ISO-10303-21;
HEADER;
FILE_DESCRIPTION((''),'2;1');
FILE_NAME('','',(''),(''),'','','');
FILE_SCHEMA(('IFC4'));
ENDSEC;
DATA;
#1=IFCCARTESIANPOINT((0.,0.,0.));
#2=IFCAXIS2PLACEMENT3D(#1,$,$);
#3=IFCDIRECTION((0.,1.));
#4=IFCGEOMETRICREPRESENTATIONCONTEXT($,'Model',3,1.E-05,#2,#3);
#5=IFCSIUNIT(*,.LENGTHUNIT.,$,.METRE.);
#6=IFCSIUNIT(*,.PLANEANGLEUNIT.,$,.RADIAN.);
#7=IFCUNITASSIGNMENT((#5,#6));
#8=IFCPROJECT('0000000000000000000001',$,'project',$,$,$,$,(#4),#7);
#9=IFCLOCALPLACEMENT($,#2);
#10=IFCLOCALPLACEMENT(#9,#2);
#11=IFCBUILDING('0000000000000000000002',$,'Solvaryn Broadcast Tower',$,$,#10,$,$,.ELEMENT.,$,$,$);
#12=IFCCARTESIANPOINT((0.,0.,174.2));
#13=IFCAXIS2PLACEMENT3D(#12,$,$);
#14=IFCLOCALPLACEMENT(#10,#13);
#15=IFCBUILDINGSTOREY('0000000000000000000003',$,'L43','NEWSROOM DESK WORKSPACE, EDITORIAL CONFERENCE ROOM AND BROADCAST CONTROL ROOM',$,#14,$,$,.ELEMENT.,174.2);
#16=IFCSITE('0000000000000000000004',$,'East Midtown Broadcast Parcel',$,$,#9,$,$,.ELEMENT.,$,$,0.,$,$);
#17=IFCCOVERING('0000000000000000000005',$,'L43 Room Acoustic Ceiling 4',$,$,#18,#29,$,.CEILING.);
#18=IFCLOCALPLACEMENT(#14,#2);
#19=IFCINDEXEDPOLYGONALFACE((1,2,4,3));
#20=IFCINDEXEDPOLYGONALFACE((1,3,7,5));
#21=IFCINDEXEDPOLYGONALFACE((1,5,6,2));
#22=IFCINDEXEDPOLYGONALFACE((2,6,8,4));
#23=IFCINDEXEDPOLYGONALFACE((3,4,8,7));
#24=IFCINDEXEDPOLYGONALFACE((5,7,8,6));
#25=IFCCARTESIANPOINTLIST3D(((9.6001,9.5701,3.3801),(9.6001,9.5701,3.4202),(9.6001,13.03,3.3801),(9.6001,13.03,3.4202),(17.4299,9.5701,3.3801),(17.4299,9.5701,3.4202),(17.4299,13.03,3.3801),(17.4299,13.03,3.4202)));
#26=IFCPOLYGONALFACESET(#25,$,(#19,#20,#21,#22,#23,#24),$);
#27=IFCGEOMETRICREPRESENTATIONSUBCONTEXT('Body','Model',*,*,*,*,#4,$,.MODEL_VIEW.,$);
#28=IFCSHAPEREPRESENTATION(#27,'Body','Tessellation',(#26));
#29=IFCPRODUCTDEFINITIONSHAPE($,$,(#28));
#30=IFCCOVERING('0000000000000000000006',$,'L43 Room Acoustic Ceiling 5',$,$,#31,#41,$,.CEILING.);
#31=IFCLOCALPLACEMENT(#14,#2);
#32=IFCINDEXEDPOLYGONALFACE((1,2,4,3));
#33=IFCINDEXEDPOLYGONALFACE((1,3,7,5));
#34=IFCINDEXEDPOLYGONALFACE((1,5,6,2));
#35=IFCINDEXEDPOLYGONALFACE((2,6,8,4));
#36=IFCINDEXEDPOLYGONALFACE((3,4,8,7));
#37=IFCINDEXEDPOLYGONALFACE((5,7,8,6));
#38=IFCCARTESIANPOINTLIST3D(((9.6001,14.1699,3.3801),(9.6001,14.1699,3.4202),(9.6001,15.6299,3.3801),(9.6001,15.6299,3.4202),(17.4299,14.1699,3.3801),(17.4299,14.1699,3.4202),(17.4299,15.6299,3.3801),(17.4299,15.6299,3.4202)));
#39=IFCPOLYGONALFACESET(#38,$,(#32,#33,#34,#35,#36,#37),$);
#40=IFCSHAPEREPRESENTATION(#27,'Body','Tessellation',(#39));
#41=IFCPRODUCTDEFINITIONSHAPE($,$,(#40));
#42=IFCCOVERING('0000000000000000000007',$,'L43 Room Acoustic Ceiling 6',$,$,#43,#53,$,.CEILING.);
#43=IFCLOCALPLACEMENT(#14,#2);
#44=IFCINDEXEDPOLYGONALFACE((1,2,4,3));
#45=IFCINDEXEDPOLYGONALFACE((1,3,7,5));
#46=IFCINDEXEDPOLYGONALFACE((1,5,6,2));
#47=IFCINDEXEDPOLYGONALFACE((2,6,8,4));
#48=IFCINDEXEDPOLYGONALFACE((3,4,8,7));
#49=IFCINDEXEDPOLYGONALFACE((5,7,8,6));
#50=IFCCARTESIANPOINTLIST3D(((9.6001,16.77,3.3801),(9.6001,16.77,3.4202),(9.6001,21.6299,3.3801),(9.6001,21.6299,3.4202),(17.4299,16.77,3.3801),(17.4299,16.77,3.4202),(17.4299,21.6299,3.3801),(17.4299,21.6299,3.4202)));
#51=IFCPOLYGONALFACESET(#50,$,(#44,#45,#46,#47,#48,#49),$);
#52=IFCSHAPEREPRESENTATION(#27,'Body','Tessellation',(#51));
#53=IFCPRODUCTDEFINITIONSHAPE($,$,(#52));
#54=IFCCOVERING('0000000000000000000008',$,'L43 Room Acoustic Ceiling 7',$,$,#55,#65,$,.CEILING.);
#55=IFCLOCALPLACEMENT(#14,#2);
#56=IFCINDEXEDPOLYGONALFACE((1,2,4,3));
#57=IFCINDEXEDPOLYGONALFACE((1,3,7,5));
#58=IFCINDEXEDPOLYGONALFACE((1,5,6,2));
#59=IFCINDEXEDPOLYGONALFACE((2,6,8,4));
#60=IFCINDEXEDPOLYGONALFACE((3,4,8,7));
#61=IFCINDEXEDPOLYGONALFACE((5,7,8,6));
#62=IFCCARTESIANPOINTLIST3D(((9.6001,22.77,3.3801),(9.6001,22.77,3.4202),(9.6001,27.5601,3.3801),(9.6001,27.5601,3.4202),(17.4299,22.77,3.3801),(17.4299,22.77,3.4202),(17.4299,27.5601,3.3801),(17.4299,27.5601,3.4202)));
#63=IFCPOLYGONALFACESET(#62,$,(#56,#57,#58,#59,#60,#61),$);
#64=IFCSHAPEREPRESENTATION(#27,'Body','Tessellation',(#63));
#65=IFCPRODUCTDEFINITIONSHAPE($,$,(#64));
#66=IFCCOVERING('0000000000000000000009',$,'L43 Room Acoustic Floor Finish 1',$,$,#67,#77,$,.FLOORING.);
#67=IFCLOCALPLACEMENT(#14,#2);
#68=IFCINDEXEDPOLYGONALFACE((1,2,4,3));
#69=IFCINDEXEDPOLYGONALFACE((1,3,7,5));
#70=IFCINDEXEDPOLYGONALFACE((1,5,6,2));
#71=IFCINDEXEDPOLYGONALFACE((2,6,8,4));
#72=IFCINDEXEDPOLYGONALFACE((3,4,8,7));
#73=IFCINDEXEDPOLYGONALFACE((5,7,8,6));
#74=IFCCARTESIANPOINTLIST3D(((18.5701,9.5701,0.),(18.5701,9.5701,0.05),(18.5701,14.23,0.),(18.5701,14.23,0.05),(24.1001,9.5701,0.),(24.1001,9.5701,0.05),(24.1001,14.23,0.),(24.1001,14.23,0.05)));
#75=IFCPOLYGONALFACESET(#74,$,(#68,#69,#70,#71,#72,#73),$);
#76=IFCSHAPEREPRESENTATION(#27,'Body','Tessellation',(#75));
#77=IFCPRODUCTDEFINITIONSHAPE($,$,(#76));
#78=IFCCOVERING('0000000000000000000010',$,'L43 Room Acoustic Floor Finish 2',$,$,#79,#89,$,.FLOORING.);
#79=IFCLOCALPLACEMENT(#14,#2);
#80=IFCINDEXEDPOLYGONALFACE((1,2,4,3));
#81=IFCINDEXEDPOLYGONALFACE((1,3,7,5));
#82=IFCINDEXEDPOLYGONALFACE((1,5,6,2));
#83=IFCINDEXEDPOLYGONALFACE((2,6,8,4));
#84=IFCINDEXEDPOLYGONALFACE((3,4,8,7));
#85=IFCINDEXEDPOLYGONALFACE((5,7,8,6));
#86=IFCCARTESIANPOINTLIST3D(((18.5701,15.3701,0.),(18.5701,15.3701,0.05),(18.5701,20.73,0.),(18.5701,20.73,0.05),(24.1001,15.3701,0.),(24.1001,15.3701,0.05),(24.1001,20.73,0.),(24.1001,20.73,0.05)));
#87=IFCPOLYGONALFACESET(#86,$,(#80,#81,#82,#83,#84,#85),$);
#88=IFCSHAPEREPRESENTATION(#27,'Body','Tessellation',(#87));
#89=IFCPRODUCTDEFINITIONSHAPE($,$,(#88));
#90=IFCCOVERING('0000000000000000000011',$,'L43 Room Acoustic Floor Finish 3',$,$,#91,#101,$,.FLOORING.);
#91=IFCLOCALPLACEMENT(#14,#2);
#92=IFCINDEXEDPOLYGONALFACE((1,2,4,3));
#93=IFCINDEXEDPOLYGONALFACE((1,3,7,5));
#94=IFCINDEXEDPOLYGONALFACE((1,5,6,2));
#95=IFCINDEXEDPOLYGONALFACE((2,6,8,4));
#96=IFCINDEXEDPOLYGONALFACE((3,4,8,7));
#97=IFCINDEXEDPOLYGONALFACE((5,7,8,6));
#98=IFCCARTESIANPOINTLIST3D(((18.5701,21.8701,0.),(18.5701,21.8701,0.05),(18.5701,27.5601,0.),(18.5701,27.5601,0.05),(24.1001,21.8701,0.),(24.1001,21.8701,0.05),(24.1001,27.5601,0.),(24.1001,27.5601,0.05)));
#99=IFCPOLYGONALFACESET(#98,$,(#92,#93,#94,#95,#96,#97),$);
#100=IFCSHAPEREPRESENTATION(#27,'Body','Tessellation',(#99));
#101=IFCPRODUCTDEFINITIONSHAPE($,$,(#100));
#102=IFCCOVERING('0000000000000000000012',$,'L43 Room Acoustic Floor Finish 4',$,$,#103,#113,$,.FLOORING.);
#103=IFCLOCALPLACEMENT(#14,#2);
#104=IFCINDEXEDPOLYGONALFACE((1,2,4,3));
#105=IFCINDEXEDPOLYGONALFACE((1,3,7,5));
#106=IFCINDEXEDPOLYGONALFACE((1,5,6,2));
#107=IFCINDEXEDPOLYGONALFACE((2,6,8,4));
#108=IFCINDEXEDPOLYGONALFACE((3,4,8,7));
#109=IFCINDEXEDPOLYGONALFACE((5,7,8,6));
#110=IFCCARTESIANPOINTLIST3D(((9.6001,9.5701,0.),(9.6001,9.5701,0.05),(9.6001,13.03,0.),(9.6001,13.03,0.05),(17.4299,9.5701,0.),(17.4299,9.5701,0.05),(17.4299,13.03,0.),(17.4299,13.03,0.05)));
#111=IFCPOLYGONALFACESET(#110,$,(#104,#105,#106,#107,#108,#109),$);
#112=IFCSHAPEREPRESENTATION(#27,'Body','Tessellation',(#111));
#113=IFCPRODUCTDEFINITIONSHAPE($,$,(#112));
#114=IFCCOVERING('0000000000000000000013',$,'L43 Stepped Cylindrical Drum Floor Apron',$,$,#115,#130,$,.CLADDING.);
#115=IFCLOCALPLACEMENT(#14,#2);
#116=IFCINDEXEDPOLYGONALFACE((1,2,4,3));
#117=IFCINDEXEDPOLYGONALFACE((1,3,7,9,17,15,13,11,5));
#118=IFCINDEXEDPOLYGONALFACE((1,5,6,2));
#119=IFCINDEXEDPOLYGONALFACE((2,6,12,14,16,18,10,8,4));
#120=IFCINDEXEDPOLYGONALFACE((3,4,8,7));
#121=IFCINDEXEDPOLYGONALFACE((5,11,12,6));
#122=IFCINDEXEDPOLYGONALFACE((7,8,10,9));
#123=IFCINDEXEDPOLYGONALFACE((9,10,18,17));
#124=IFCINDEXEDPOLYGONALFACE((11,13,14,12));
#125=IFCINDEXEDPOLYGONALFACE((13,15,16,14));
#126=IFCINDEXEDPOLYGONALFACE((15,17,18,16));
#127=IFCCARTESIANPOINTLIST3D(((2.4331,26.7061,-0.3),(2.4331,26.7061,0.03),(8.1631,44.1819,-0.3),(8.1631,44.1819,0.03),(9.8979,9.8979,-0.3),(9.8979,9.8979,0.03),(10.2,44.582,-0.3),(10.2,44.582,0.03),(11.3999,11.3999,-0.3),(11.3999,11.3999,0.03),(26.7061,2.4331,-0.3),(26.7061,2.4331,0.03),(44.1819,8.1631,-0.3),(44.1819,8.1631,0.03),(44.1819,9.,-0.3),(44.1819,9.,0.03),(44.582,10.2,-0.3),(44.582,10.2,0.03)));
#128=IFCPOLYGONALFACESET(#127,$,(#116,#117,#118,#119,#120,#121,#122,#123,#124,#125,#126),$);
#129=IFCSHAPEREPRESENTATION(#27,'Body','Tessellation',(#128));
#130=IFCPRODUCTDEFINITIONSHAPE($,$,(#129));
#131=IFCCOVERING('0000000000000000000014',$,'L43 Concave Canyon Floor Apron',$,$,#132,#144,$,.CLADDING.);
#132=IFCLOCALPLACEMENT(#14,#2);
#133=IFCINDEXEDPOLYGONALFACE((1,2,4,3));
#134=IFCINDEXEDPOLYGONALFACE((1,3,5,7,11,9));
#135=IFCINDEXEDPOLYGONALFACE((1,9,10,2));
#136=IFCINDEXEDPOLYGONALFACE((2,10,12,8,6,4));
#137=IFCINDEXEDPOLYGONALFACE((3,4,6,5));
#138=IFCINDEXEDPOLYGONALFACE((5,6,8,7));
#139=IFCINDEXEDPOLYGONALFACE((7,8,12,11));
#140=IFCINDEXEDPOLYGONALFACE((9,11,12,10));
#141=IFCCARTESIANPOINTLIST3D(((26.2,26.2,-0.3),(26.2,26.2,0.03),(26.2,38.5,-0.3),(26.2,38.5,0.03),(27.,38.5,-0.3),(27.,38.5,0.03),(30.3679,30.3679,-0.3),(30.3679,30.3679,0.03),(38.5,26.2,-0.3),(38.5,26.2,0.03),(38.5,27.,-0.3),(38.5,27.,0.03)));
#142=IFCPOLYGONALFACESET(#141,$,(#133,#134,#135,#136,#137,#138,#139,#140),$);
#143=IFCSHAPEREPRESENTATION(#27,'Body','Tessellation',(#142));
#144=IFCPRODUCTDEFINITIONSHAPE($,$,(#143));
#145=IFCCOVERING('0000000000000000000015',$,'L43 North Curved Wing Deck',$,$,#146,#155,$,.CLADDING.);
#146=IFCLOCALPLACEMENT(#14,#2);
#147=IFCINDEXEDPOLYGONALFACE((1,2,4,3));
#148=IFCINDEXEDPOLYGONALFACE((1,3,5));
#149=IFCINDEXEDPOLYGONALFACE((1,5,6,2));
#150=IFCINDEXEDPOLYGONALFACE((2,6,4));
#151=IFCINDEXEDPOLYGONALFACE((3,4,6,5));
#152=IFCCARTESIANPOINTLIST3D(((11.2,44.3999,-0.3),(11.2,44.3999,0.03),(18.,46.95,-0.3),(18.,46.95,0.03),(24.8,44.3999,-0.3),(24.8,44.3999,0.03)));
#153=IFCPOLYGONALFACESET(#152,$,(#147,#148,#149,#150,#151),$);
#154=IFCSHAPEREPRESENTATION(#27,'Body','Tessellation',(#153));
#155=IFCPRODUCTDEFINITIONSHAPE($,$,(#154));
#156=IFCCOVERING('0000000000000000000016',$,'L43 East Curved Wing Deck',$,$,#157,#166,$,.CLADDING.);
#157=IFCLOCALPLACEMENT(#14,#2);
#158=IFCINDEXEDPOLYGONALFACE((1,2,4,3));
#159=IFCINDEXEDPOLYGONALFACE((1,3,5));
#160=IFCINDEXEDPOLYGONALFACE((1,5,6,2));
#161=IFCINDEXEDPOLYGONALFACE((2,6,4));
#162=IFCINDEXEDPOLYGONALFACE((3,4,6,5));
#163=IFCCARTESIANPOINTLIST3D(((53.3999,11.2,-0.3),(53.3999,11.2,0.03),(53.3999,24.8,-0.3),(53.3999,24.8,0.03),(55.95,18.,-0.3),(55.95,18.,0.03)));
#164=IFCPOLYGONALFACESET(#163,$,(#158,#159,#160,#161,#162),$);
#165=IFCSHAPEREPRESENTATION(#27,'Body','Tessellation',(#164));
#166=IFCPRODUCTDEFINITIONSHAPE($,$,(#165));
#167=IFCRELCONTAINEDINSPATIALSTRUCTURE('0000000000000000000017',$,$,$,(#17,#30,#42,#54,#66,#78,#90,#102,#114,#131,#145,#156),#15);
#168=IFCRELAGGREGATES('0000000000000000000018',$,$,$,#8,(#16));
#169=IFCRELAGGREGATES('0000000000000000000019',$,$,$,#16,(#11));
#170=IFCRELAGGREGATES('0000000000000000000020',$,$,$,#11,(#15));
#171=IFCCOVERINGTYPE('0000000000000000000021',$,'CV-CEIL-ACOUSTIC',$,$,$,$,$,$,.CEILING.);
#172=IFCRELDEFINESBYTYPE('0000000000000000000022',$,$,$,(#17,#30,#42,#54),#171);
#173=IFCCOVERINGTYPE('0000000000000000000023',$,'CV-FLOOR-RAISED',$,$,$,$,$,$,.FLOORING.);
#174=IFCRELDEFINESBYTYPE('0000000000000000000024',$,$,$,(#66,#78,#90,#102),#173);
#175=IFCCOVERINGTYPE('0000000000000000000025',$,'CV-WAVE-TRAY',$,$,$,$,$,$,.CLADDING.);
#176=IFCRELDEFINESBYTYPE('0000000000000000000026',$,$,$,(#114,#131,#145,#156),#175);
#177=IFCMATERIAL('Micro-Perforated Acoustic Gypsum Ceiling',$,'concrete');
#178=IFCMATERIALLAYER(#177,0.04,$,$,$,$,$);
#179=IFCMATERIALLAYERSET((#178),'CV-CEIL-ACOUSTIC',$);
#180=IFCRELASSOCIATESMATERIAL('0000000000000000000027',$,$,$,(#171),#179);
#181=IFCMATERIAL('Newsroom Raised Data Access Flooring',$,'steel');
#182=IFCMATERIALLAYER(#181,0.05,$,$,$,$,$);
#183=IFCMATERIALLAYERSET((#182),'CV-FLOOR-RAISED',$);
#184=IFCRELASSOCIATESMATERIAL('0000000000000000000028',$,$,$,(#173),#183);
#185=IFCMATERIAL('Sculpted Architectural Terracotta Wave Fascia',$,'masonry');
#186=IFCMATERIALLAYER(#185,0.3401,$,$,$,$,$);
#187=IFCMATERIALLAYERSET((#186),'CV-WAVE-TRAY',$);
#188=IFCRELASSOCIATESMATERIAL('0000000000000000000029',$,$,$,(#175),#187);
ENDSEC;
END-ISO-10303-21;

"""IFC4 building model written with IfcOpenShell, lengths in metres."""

from ifc_helpers import new_model, si_unit, direction, frame, origin, place, context, subcontext, project, spatial, polyline, outline, extrude, material, layer, layer_set, type_object, element, save


model = new_model("IFC4")

# Units and contexts
model_context = context("Model", 3, precision=1e-05, world=origin(), true_north=direction((0.0, 1.0)))
body_context = subcontext(model_context, "Body", "Model", "MODEL_VIEW")
ifc_project = project(units=[si_unit("LENGTHUNIT", "METRE"), si_unit("PLANEANGLEUNIT", "RADIAN")], contexts=[model_context])

# Site, building, storey
site_placement = place(None, origin())
site = spatial("IfcSite", under=ifc_project, at=site_placement, Name="East Midtown Broadcast Parcel", CompositionType="ELEMENT", RefElevation=0.0)
building_placement = place(site_placement, origin())
building = spatial("IfcBuilding", under=site, at=building_placement, Name="Solvaryn Broadcast Tower", CompositionType="ELEMENT")
storey_placement = place(building_placement, frame((0.0, 0.0, 174.2)))
storey = spatial("IfcBuildingStorey", under=building, at=storey_placement, Name="L43", Description="NEWSROOM DESK WORKSPACE, EDITORIAL CONFERENCE ROOM AND BROADCAST CONTROL ROOM", CompositionType="ELEMENT", Elevation=174.2)

# Coverings
ifc_material_1 = material(Name="Micro-Perforated Acoustic Gypsum Ceiling", Category="concrete")
ifc_layer_1 = layer(ifc_material_1, 0.04)
ifc_layer_set_1 = layer_set([ifc_layer_1], Name="CV-CEIL-ACOUSTIC")
covering_type_1 = type_object("IfcCoveringType", Name="CV-CEIL-ACOUSTIC", PredefinedType="CEILING", material=ifc_layer_set_1)
covering_1_placement = place(storey_placement, frame((0.0, 0.0, 3.3801)))
element("IfcCovering", 1, at=covering_1_placement, inside=storey, type_object=covering_type_1, Name="L43 Room Acoustic Ceiling 4", PredefinedType="CEILING", context=body_context, shape_type="SweptSolid", body=[
    extrude(outline(polyline([(9.6001, 9.5701), (17.4299, 9.5701), (17.4299, 13.03), (9.6001, 13.03), (9.6001, 9.5701)])), origin(), (0.0, 0.0, 1.0), 0.04),
])
covering_2_placement = place(storey_placement, frame((0.0, 0.0, 3.3801)))
element("IfcCovering", 2, at=covering_2_placement, inside=storey, type_object=covering_type_1, Name="L43 Room Acoustic Ceiling 5", PredefinedType="CEILING", context=body_context, shape_type="SweptSolid", body=[
    extrude(outline(polyline([(9.6001, 14.1699), (17.4299, 14.1699), (17.4299, 15.6299), (9.6001, 15.6299), (9.6001, 14.1699)])), origin(), (0.0, 0.0, 1.0), 0.04),
])
covering_3_placement = place(storey_placement, frame((0.0, 0.0, 3.3801)))
element("IfcCovering", 3, at=covering_3_placement, inside=storey, type_object=covering_type_1, Name="L43 Room Acoustic Ceiling 6", PredefinedType="CEILING", context=body_context, shape_type="SweptSolid", body=[
    extrude(outline(polyline([(9.6001, 16.77), (17.4299, 16.77), (17.4299, 21.6299), (9.6001, 21.6299), (9.6001, 16.77)])), origin(), (0.0, 0.0, 1.0), 0.04),
])
covering_4_placement = place(storey_placement, frame((0.0, 0.0, 3.3801)))
element("IfcCovering", 4, at=covering_4_placement, inside=storey, type_object=covering_type_1, Name="L43 Room Acoustic Ceiling 7", PredefinedType="CEILING", context=body_context, shape_type="SweptSolid", body=[
    extrude(outline(polyline([(9.6001, 22.77), (17.4299, 22.77), (17.4299, 27.5601), (9.6001, 27.5601), (9.6001, 22.77)])), origin(), (0.0, 0.0, 1.0), 0.04),
])
ifc_material_2 = material(Name="Newsroom Raised Data Access Flooring", Category="steel")
ifc_layer_2 = layer(ifc_material_2, 0.05)
ifc_layer_set_2 = layer_set([ifc_layer_2], Name="CV-FLOOR-RAISED")
covering_type_2 = type_object("IfcCoveringType", Name="CV-FLOOR-RAISED", PredefinedType="FLOORING", material=ifc_layer_set_2)
covering_5_placement = place(storey_placement, origin())
element("IfcCovering", 5, at=covering_5_placement, inside=storey, type_object=covering_type_2, Name="L43 Room Acoustic Floor Finish 1", PredefinedType="FLOORING", context=body_context, shape_type="SweptSolid", body=[
    extrude(outline(polyline([(18.5701, 9.5701), (24.1001, 9.5701), (24.1001, 14.23), (18.5701, 14.23), (18.5701, 9.5701)])), origin(), (0.0, 0.0, 1.0), 0.05),
])
covering_6_placement = place(storey_placement, origin())
element("IfcCovering", 6, at=covering_6_placement, inside=storey, type_object=covering_type_2, Name="L43 Room Acoustic Floor Finish 2", PredefinedType="FLOORING", context=body_context, shape_type="SweptSolid", body=[
    extrude(outline(polyline([(18.5701, 15.3701), (24.1001, 15.3701), (24.1001, 20.73), (18.5701, 20.73), (18.5701, 15.3701)])), origin(), (0.0, 0.0, 1.0), 0.05),
])
covering_7_placement = place(storey_placement, origin())
element("IfcCovering", 7, at=covering_7_placement, inside=storey, type_object=covering_type_2, Name="L43 Room Acoustic Floor Finish 3", PredefinedType="FLOORING", context=body_context, shape_type="SweptSolid", body=[
    extrude(outline(polyline([(18.5701, 21.8701), (24.1001, 21.8701), (24.1001, 27.5601), (18.5701, 27.5601), (18.5701, 21.8701)])), origin(), (0.0, 0.0, 1.0), 0.05),
])
covering_8_placement = place(storey_placement, origin())
element("IfcCovering", 8, at=covering_8_placement, inside=storey, type_object=covering_type_2, Name="L43 Room Acoustic Floor Finish 4", PredefinedType="FLOORING", context=body_context, shape_type="SweptSolid", body=[
    extrude(outline(polyline([(9.6001, 9.5701), (17.4299, 9.5701), (17.4299, 13.03), (9.6001, 13.03), (9.6001, 9.5701)])), origin(), (0.0, 0.0, 1.0), 0.05),
])
ifc_material_3 = material(Name="Sculpted Architectural Terracotta Wave Fascia", Category="masonry")
ifc_layer_3 = layer(ifc_material_3, 0.3401)
ifc_layer_set_3 = layer_set([ifc_layer_3], Name="CV-WAVE-TRAY")
covering_type_3 = type_object("IfcCoveringType", Name="CV-WAVE-TRAY", PredefinedType="CLADDING", material=ifc_layer_set_3)
covering_9_placement = place(storey_placement, frame((0.0, 0.0, -0.3)))
element("IfcCovering", 9, at=covering_9_placement, inside=storey, type_object=covering_type_3, Name="L43 Stepped Cylindrical Drum Floor Apron", PredefinedType="CLADDING", context=body_context, shape_type="SweptSolid", body=[
    extrude(outline(polyline([(10.2, 44.582), (8.1631, 44.1819), (2.4331, 26.7061), (9.8979, 9.8979), (26.7061, 2.4331), (44.1819, 8.1631), (44.1819, 9.0), (44.582, 10.2), (11.3999, 11.3999), (10.2, 44.582)])), origin(), (0.0, 0.0, 1.0), 0.3301),
])
covering_10_placement = place(storey_placement, frame((0.0, 0.0, -0.3)))
element("IfcCovering", 10, at=covering_10_placement, inside=storey, type_object=covering_type_3, Name="L43 Concave Canyon Floor Apron", PredefinedType="CLADDING", context=body_context, shape_type="SweptSolid", body=[
    extrude(outline(polyline([(26.2, 26.2), (38.5, 26.2), (38.5, 27.0), (30.3679, 30.3679), (27.0, 38.5), (26.2, 38.5), (26.2, 26.2)])), origin(), (0.0, 0.0, 1.0), 0.3301),
])
covering_11_placement = place(storey_placement, frame((0.0, 0.0, -0.3)))
element("IfcCovering", 11, at=covering_11_placement, inside=storey, type_object=covering_type_3, Name="L43 North Curved Wing Deck", PredefinedType="CLADDING", context=body_context, shape_type="SweptSolid", body=[
    extrude(outline(polyline([(11.2, 44.3999), (24.8, 44.3999), (18.0, 46.95), (11.2, 44.3999)])), origin(), (0.0, 0.0, 1.0), 0.3301),
])
covering_12_placement = place(storey_placement, frame((0.0, 0.0, -0.3)))
element("IfcCovering", 12, at=covering_12_placement, inside=storey, type_object=covering_type_3, Name="L43 East Curved Wing Deck", PredefinedType="CLADDING", context=body_context, shape_type="SweptSolid", body=[
    extrude(outline(polyline([(53.3999, 11.2), (55.95, 18.0), (53.3999, 24.8), (53.3999, 11.2)])), origin(), (0.0, 0.0, 1.0), 0.3301),
])

save(model, "model.ifc")
